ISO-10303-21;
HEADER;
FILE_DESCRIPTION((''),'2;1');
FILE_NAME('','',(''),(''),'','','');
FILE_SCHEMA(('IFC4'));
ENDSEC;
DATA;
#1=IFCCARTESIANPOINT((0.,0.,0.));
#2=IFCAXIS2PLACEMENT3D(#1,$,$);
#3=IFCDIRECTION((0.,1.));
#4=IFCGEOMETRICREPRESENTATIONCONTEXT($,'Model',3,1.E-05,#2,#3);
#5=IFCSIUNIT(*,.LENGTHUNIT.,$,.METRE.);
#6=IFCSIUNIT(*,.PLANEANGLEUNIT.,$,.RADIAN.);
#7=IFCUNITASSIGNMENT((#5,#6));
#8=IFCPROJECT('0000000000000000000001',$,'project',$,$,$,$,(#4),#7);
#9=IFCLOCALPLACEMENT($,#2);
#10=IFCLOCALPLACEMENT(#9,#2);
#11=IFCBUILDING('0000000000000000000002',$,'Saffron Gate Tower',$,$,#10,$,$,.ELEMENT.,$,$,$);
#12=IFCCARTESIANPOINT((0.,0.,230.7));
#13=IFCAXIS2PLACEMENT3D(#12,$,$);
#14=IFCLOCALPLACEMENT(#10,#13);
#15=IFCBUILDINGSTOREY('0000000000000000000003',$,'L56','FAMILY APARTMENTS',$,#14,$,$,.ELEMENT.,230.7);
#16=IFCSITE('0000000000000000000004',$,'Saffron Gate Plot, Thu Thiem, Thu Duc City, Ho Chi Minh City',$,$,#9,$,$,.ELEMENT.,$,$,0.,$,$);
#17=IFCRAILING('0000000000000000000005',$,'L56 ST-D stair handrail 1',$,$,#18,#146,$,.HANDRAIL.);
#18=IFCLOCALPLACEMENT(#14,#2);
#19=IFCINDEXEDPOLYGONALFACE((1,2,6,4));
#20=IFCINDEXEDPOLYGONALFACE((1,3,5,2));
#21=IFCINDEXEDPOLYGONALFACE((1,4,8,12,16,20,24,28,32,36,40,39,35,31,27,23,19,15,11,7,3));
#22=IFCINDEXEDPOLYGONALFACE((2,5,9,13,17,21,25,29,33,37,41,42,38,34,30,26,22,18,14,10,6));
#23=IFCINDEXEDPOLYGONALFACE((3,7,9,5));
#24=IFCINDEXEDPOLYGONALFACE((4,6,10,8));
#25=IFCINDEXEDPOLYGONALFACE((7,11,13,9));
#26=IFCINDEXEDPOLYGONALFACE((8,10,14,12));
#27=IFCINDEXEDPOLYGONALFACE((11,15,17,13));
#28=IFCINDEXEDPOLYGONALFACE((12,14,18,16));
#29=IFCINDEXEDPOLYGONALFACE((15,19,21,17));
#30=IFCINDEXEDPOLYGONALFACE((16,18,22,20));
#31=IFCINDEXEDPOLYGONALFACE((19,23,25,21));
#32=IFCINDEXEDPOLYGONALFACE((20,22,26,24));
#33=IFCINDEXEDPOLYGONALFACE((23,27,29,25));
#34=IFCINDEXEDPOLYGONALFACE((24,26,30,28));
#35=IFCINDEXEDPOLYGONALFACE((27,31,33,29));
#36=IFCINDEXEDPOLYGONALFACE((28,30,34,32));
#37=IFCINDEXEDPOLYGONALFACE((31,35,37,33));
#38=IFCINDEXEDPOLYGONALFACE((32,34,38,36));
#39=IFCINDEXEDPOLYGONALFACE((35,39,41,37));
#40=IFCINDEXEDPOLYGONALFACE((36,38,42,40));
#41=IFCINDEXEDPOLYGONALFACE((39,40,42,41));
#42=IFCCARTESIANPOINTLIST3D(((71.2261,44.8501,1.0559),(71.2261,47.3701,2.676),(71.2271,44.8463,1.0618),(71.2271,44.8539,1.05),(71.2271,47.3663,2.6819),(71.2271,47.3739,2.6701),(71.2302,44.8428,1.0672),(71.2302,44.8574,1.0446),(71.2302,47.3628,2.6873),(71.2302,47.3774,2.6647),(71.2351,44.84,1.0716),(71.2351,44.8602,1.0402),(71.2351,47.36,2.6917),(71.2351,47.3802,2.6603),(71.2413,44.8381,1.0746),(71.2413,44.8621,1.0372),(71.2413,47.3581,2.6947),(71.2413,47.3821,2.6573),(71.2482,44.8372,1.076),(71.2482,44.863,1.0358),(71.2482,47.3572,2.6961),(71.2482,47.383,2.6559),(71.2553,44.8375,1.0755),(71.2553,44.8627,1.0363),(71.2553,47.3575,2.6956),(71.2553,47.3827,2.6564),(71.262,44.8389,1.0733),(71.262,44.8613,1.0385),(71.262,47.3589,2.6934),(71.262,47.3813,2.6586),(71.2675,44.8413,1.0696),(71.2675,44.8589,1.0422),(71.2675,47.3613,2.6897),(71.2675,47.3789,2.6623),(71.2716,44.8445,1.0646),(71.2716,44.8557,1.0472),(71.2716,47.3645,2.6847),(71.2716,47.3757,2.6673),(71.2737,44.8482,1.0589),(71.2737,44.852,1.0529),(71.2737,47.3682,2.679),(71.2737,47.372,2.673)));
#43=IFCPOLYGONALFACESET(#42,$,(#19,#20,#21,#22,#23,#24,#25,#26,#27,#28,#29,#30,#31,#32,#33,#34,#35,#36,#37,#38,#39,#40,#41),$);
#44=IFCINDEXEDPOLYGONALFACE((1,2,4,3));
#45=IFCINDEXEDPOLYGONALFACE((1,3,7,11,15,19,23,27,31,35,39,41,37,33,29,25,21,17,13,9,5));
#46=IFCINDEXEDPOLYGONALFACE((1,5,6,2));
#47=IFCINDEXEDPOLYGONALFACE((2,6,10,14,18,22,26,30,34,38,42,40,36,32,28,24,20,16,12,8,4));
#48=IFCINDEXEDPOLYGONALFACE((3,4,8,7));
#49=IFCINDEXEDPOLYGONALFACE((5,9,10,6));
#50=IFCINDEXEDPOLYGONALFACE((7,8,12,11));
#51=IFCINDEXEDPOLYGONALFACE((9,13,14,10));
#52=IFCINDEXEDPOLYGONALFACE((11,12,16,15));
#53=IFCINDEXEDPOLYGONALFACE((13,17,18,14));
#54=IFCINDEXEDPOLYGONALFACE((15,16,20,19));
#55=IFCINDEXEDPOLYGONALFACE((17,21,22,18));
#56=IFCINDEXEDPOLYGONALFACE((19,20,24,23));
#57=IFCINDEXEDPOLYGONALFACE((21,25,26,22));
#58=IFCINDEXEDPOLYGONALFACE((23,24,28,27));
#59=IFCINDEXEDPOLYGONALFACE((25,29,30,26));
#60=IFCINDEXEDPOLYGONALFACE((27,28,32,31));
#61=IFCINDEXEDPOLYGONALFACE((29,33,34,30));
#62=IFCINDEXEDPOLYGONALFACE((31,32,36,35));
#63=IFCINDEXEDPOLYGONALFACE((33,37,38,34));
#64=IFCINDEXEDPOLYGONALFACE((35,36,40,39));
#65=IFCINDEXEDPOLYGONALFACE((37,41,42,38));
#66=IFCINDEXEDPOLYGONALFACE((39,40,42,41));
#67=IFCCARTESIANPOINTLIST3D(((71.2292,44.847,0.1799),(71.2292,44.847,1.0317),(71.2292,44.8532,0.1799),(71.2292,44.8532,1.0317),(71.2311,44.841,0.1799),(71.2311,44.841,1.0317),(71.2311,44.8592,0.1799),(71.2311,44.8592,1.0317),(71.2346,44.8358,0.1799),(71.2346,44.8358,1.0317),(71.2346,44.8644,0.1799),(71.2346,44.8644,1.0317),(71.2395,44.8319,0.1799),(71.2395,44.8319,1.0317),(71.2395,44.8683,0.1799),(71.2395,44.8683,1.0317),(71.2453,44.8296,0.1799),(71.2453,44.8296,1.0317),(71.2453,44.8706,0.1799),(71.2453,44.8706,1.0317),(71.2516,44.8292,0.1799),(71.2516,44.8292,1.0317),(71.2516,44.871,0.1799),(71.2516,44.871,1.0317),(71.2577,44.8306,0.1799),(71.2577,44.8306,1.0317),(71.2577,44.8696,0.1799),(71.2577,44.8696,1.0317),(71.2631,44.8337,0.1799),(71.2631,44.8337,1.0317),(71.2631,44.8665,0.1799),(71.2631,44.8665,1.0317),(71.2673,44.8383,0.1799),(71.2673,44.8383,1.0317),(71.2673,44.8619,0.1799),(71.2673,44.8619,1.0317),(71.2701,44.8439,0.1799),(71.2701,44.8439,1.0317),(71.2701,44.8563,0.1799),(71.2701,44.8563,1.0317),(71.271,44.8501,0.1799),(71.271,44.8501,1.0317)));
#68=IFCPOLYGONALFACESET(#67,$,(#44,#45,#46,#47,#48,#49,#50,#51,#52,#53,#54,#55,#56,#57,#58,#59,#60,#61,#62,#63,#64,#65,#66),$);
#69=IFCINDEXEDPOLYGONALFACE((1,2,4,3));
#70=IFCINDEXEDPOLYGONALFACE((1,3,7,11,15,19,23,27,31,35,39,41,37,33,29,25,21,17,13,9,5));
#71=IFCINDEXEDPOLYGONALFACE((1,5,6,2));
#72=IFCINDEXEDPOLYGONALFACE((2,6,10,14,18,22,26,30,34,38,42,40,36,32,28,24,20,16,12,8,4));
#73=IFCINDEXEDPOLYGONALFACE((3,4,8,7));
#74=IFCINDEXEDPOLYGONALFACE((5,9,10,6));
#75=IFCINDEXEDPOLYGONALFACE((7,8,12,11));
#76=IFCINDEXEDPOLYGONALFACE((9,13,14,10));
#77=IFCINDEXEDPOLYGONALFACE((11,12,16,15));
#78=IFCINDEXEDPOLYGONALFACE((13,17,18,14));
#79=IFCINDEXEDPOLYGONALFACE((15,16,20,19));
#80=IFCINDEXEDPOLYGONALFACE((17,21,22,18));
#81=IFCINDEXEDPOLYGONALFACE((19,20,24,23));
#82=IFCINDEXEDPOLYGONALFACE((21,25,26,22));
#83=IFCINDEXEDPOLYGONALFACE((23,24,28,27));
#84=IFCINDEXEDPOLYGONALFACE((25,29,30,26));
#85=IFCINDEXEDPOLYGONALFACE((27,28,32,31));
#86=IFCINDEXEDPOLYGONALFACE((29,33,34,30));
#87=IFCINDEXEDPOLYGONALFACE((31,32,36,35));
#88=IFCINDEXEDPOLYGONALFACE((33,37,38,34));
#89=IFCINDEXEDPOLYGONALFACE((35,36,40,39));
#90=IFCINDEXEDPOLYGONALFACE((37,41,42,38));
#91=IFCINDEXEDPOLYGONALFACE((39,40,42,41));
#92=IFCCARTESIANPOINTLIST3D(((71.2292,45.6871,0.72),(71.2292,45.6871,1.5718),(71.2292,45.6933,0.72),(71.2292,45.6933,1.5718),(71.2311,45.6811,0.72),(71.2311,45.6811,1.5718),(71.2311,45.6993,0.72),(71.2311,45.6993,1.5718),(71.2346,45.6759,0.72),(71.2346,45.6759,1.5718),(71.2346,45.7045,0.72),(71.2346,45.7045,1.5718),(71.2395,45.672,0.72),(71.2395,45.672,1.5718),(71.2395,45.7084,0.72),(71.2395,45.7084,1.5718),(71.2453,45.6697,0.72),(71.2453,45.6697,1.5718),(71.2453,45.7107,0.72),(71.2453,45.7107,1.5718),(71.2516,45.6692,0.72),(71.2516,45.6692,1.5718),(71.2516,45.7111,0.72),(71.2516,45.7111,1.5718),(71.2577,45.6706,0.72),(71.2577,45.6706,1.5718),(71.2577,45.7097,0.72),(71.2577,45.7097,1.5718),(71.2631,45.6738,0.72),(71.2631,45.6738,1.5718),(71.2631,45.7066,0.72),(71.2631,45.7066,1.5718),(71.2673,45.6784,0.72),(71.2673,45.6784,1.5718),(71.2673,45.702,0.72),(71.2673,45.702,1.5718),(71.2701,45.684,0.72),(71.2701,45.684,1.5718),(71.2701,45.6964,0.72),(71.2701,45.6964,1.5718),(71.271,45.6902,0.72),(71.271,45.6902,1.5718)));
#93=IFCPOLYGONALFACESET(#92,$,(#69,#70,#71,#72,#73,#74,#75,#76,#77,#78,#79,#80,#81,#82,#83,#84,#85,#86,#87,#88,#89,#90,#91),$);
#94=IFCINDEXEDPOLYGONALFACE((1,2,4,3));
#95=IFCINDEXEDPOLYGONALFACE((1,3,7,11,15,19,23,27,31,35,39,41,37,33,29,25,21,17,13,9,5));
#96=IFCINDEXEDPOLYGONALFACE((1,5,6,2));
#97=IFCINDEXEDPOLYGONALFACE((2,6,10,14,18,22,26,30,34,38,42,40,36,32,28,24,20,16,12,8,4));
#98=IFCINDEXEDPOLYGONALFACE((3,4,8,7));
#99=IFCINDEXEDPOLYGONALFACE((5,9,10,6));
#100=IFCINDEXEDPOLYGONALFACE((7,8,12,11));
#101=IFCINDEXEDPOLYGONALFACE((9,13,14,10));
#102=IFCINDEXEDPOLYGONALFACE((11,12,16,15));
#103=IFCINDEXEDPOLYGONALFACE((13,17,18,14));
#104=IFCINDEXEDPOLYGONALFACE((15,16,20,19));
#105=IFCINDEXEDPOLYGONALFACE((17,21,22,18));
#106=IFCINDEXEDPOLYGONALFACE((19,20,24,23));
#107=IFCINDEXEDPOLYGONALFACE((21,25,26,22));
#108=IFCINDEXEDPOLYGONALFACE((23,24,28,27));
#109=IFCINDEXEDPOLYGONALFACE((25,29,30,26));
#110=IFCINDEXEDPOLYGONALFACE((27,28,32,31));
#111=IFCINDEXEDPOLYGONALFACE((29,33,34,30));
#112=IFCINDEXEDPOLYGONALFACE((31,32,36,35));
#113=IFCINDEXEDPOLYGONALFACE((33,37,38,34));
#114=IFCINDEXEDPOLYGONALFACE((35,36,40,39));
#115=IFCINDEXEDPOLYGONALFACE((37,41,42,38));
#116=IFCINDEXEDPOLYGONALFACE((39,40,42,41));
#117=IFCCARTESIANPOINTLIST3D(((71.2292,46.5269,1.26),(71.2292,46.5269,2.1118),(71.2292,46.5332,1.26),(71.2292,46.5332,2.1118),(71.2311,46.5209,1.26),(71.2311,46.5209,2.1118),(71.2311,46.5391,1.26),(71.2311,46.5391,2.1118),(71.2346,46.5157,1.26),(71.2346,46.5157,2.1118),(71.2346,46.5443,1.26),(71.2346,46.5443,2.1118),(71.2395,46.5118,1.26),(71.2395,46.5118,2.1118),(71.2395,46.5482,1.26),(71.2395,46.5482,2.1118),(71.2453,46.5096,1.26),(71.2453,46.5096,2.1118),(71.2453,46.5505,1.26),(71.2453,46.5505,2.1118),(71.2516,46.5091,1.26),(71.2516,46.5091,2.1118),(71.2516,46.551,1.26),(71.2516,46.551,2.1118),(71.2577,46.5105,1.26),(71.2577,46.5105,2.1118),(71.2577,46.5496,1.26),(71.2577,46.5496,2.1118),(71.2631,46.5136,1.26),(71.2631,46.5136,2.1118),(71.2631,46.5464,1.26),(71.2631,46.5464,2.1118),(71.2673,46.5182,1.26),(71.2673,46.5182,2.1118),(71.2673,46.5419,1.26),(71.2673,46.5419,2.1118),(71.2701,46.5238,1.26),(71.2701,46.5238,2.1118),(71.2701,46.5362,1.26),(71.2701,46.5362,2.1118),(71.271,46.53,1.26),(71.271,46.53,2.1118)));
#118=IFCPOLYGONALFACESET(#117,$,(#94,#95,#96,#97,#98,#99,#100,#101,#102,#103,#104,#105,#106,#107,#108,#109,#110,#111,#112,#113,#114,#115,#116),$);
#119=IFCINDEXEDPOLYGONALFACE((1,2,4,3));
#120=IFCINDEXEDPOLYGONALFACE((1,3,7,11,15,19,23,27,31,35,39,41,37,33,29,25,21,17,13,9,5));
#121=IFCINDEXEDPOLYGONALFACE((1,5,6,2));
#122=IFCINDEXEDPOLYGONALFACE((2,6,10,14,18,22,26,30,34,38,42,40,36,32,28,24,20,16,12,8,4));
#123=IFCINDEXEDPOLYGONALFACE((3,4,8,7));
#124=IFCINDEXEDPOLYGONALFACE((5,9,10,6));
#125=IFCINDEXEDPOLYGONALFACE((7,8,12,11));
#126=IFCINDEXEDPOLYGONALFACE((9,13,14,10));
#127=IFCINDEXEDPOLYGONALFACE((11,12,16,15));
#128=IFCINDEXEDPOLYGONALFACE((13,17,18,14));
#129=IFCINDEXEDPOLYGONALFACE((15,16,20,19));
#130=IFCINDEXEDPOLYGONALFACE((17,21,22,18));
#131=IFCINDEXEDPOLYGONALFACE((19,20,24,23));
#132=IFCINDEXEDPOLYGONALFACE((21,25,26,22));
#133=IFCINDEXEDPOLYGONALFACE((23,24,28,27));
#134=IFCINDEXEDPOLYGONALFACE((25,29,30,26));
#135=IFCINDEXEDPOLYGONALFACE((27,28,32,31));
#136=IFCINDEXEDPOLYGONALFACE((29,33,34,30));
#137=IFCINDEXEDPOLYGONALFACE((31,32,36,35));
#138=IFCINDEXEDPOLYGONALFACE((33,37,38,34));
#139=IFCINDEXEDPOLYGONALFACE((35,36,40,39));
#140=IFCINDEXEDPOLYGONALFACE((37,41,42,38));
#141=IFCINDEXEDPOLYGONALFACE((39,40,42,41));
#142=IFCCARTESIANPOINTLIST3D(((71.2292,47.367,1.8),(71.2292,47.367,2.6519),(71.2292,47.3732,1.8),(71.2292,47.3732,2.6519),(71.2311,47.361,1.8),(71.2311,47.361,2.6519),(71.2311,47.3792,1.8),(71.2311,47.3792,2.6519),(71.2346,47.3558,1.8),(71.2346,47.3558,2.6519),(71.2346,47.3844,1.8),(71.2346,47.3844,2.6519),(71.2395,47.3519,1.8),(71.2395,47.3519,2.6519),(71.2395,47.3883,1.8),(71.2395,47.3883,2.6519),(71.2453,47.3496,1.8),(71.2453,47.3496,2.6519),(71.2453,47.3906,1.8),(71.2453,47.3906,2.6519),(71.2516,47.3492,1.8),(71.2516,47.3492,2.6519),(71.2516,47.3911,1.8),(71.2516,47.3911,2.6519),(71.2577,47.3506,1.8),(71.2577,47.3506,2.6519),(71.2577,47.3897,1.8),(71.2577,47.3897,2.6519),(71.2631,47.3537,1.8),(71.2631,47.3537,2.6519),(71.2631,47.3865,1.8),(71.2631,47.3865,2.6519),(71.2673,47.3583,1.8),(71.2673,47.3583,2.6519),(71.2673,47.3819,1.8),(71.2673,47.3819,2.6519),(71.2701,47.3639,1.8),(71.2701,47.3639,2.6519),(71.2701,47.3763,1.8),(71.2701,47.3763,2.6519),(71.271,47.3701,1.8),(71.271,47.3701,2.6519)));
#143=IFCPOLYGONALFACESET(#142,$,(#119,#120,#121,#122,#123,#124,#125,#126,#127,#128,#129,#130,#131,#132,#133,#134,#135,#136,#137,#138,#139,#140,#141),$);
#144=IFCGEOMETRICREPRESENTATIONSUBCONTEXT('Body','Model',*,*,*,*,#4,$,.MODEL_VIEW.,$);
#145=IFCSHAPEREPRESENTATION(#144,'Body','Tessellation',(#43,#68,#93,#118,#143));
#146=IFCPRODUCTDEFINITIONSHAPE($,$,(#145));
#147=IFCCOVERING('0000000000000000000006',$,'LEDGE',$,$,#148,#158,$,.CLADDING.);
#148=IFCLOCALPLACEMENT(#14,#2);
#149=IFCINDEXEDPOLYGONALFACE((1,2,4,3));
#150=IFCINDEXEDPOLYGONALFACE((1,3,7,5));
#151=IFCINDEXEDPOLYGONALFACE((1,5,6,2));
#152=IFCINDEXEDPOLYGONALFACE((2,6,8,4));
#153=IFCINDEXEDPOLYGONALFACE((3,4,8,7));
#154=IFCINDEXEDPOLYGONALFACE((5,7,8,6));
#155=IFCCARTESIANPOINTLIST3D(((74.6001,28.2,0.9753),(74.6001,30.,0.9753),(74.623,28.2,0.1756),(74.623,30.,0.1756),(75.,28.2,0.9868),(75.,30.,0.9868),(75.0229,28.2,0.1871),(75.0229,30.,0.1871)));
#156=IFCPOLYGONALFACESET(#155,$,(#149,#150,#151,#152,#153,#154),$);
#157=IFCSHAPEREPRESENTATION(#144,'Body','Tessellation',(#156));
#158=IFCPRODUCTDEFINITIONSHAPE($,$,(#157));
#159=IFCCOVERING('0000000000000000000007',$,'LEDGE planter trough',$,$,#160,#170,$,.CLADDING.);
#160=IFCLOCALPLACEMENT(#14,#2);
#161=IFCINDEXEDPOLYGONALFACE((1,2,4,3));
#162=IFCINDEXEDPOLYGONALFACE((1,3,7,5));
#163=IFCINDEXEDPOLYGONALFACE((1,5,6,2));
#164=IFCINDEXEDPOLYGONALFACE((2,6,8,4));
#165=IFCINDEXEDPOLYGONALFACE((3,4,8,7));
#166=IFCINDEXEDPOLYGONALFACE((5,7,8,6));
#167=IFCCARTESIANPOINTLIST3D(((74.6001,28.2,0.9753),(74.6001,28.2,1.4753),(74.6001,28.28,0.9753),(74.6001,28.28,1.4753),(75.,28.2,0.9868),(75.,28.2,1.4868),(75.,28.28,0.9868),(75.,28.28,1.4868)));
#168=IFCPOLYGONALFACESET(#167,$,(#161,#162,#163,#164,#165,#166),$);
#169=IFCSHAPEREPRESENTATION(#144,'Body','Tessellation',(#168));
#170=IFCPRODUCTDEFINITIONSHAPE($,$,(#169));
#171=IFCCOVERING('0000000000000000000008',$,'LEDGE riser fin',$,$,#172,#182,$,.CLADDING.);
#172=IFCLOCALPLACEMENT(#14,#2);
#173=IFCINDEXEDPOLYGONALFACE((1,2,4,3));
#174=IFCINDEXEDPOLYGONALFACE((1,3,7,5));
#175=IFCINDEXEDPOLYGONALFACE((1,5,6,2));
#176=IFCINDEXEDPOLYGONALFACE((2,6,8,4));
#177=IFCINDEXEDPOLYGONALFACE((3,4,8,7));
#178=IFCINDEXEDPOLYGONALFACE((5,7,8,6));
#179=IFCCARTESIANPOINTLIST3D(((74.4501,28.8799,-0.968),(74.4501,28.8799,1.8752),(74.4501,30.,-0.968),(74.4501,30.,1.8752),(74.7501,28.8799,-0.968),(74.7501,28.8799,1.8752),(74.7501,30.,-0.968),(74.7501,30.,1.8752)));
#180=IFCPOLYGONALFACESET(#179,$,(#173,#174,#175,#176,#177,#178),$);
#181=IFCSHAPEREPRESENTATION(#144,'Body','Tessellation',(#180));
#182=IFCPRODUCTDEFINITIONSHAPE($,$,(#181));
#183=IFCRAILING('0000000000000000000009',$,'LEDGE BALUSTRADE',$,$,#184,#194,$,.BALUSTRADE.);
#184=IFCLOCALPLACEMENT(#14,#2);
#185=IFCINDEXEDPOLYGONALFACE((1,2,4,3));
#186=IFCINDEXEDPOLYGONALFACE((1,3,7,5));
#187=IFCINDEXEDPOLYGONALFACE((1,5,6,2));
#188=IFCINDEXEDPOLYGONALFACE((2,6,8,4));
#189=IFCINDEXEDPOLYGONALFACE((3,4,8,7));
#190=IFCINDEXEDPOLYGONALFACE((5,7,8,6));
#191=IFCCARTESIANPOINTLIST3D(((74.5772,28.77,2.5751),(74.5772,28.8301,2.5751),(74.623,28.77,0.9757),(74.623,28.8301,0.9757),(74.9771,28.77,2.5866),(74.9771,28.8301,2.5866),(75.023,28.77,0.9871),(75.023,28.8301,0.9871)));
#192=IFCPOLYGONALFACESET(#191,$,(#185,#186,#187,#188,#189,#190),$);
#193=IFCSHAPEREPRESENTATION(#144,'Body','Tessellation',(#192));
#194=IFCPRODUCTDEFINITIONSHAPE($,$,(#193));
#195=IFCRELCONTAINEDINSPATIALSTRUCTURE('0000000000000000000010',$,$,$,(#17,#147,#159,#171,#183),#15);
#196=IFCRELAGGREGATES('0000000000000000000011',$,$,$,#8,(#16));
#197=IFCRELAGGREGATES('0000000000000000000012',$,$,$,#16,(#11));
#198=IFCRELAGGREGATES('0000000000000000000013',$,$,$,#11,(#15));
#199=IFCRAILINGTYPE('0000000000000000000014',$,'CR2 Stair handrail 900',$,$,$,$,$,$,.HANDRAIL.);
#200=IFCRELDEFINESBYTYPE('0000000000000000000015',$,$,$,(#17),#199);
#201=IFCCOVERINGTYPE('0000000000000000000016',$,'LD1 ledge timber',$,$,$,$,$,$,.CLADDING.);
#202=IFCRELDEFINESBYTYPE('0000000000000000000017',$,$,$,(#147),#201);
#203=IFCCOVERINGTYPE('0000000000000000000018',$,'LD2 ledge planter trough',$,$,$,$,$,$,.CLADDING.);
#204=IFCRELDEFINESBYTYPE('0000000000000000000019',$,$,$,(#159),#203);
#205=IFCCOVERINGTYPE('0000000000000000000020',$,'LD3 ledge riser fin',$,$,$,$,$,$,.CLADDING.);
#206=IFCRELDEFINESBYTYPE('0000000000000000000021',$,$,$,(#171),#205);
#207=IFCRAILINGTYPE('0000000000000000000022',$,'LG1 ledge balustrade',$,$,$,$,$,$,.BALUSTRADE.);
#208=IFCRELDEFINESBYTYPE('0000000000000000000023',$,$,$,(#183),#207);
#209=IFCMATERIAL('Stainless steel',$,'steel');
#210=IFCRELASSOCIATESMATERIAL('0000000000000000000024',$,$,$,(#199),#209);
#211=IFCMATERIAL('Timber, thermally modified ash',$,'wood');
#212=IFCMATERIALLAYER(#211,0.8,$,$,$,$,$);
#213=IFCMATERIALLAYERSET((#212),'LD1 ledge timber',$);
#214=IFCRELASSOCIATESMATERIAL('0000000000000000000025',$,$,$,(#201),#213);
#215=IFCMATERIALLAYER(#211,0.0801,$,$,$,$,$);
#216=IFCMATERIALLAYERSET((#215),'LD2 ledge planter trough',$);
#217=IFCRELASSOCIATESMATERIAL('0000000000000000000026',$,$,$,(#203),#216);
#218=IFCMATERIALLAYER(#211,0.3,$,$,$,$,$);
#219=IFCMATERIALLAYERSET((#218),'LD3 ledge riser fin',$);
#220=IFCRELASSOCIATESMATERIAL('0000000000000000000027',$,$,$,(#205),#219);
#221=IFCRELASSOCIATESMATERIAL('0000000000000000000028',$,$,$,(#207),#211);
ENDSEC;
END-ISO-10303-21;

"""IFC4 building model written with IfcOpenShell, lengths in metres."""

from ifc_helpers import new_model, si_unit, direction, frame, origin, origin_2d, place, context, subcontext, project, spatial, polyline, rectangle, circle, outline, extrude, material, layer, layer_set, type_object, element, save


model = new_model("IFC4")

# Units and contexts
model_context = context("Model", 3, precision=1e-05, world=origin(), true_north=direction((0.0, 1.0)))
body_context = subcontext(model_context, "Body", "Model", "MODEL_VIEW")
ifc_project = project(units=[si_unit("LENGTHUNIT", "METRE"), si_unit("PLANEANGLEUNIT", "RADIAN")], contexts=[model_context])

# Site, building, storey
site_placement = place(None, origin())
site = spatial("IfcSite", under=ifc_project, at=site_placement, Name="Saffron Gate Plot, Thu Thiem, Thu Duc City, Ho Chi Minh City", CompositionType="ELEMENT", RefElevation=0.0)
building_placement = place(site_placement, origin())
building = spatial("IfcBuilding", under=site, at=building_placement, Name="Saffron Gate Tower", CompositionType="ELEMENT")
storey_placement = place(building_placement, frame((0.0, 0.0, 230.7)))
storey = spatial("IfcBuildingStorey", under=building, at=storey_placement, Name="L56", Description="FAMILY APARTMENTS", CompositionType="ELEMENT", Elevation=230.7)

# Railing
ifc_material_1 = material(Name="Stainless steel", Category="steel")
railing_type_1 = type_object("IfcRailingType", Name="CR2 Stair handrail 900", PredefinedType="HANDRAIL", material=ifc_material_1)
railing_1_placement = place(storey_placement, frame((71.25, 44.8501, 0.1799)))
element("IfcRailing", 1, at=railing_1_placement, inside=storey, type_object=railing_type_1, Name="L56 ST-D stair handrail 1", PredefinedType="HANDRAIL", context=body_context, shape_type="SweptSolid", body=[
    extrude(circle(Radius=0.0239, at=origin_2d()), frame((0.0, 0.0, 0.876), z_axis=(0.0, 0.841163, 0.540782), x_axis=(-1.0, 0.0, 0.0)), (0.0, 0.0, 1.0), 2.9958),
    extrude(circle(Radius=0.021, at=origin_2d()), origin(), (0.0, 0.0, 1.0), 0.8518),
    extrude(circle(Radius=0.021, at=origin_2d()), frame((0.0, 0.8401, 0.54)), (0.0, 0.0, 1.0), 0.8518),
    extrude(circle(Radius=0.021, at=origin_2d()), frame((0.0, 1.6799, 1.0801)), (0.0, 0.0, 1.0), 0.8518),
    extrude(circle(Radius=0.021, at=origin_2d()), frame((0.0, 2.52, 1.6201)), (0.0, 0.0, 1.0), 0.8518),
])

# Coverings
ifc_material_2 = material(Name="Timber, thermally modified ash", Category="wood")
ifc_layer_1 = layer(ifc_material_2, 0.8)
ifc_layer_set_1 = layer_set([ifc_layer_1], Name="LD1 ledge timber")
covering_type_1 = type_object("IfcCoveringType", Name="LD1 ledge timber", PredefinedType="CLADDING", material=ifc_layer_set_1)
covering_1_placement = place(storey_placement, frame((74.6001, 30.0, 0.9753), z_axis=(-0.028682, 0.0, 0.999589), x_axis=(0.999589, 0.0, 0.028682)))
element("IfcCovering", 2, at=covering_1_placement, inside=storey, type_object=covering_type_1, Name="LEDGE", PredefinedType="CLADDING", context=body_context, shape_type="SweptSolid", body=[
    extrude(outline(polyline([(0.0, 0.0), (0.4001, 0.0), (0.4001, -1.8), (0.0, -1.8), (0.0, 0.0)])), origin(), (0.0, 0.0, -1.0), 0.8),
])
ifc_layer_2 = layer(ifc_material_2, 0.0801)
ifc_layer_set_2 = layer_set([ifc_layer_2], Name="LD2 ledge planter trough")
covering_type_2 = type_object("IfcCoveringType", Name="LD2 ledge planter trough", PredefinedType="CLADDING", material=ifc_layer_set_2)
covering_2_placement = place(storey_placement, frame((74.6001, 28.2, 0.9753), z_axis=(0.0, -1.0, 0.0), x_axis=(0.999589, 0.0, 0.028682)))
element("IfcCovering", 3, at=covering_2_placement, inside=storey, type_object=covering_type_2, Name="LEDGE planter trough", PredefinedType="CLADDING", context=body_context, shape_type="SweptSolid", body=[
    extrude(outline(polyline([(0.0, 0.0), (0.4001, 0.0), (0.4144, 0.4998), (0.0143, 0.4998), (0.0, 0.0)])), origin(), (0.0, 0.0, -1.0), 0.0801),
])
ifc_layer_3 = layer(ifc_material_2, 0.3)
ifc_layer_set_3 = layer_set([ifc_layer_3], Name="LD3 ledge riser fin")
covering_type_3 = type_object("IfcCoveringType", Name="LD3 ledge riser fin", PredefinedType="CLADDING", material=ifc_layer_set_3)
covering_3_placement = place(storey_placement, frame((74.6001, 29.4399, -0.968), z_axis=(0.0, 0.0, 1.0), x_axis=(1.0, 0.0, 0.0)))
element("IfcCovering", 4, at=covering_3_placement, inside=storey, type_object=covering_type_3, Name="LEDGE riser fin", PredefinedType="CLADDING", context=body_context, shape_type="SweptSolid", body=[
    extrude(rectangle(XDim=0.3, YDim=1.1201, at=origin_2d()), origin(), (0.0, 0.0, 1.0), 2.8433),
])

# Railing
railing_type_2 = type_object("IfcRailingType", Name="LG1 ledge balustrade", PredefinedType="BALUSTRADE", material=ifc_material_2)
railing_2_placement = place(storey_placement, frame((74.6001, 28.8, 0.9753)))
element("IfcRailing", 5, at=railing_2_placement, inside=storey, type_object=railing_type_2, Name="LEDGE BALUSTRADE", PredefinedType="BALUSTRADE", context=body_context, shape_type="SweptSolid", body=[
    extrude(rectangle(XDim=0.0601, YDim=1.6001, at=origin_2d()), frame((0.0, 0.0, 0.8), z_axis=(0.999589, 0.0, 0.028682), x_axis=(0.0, 1.0, 0.0)), (0.0, 0.0, 1.0), 0.4001),
])

save(model, "model.ifc")
